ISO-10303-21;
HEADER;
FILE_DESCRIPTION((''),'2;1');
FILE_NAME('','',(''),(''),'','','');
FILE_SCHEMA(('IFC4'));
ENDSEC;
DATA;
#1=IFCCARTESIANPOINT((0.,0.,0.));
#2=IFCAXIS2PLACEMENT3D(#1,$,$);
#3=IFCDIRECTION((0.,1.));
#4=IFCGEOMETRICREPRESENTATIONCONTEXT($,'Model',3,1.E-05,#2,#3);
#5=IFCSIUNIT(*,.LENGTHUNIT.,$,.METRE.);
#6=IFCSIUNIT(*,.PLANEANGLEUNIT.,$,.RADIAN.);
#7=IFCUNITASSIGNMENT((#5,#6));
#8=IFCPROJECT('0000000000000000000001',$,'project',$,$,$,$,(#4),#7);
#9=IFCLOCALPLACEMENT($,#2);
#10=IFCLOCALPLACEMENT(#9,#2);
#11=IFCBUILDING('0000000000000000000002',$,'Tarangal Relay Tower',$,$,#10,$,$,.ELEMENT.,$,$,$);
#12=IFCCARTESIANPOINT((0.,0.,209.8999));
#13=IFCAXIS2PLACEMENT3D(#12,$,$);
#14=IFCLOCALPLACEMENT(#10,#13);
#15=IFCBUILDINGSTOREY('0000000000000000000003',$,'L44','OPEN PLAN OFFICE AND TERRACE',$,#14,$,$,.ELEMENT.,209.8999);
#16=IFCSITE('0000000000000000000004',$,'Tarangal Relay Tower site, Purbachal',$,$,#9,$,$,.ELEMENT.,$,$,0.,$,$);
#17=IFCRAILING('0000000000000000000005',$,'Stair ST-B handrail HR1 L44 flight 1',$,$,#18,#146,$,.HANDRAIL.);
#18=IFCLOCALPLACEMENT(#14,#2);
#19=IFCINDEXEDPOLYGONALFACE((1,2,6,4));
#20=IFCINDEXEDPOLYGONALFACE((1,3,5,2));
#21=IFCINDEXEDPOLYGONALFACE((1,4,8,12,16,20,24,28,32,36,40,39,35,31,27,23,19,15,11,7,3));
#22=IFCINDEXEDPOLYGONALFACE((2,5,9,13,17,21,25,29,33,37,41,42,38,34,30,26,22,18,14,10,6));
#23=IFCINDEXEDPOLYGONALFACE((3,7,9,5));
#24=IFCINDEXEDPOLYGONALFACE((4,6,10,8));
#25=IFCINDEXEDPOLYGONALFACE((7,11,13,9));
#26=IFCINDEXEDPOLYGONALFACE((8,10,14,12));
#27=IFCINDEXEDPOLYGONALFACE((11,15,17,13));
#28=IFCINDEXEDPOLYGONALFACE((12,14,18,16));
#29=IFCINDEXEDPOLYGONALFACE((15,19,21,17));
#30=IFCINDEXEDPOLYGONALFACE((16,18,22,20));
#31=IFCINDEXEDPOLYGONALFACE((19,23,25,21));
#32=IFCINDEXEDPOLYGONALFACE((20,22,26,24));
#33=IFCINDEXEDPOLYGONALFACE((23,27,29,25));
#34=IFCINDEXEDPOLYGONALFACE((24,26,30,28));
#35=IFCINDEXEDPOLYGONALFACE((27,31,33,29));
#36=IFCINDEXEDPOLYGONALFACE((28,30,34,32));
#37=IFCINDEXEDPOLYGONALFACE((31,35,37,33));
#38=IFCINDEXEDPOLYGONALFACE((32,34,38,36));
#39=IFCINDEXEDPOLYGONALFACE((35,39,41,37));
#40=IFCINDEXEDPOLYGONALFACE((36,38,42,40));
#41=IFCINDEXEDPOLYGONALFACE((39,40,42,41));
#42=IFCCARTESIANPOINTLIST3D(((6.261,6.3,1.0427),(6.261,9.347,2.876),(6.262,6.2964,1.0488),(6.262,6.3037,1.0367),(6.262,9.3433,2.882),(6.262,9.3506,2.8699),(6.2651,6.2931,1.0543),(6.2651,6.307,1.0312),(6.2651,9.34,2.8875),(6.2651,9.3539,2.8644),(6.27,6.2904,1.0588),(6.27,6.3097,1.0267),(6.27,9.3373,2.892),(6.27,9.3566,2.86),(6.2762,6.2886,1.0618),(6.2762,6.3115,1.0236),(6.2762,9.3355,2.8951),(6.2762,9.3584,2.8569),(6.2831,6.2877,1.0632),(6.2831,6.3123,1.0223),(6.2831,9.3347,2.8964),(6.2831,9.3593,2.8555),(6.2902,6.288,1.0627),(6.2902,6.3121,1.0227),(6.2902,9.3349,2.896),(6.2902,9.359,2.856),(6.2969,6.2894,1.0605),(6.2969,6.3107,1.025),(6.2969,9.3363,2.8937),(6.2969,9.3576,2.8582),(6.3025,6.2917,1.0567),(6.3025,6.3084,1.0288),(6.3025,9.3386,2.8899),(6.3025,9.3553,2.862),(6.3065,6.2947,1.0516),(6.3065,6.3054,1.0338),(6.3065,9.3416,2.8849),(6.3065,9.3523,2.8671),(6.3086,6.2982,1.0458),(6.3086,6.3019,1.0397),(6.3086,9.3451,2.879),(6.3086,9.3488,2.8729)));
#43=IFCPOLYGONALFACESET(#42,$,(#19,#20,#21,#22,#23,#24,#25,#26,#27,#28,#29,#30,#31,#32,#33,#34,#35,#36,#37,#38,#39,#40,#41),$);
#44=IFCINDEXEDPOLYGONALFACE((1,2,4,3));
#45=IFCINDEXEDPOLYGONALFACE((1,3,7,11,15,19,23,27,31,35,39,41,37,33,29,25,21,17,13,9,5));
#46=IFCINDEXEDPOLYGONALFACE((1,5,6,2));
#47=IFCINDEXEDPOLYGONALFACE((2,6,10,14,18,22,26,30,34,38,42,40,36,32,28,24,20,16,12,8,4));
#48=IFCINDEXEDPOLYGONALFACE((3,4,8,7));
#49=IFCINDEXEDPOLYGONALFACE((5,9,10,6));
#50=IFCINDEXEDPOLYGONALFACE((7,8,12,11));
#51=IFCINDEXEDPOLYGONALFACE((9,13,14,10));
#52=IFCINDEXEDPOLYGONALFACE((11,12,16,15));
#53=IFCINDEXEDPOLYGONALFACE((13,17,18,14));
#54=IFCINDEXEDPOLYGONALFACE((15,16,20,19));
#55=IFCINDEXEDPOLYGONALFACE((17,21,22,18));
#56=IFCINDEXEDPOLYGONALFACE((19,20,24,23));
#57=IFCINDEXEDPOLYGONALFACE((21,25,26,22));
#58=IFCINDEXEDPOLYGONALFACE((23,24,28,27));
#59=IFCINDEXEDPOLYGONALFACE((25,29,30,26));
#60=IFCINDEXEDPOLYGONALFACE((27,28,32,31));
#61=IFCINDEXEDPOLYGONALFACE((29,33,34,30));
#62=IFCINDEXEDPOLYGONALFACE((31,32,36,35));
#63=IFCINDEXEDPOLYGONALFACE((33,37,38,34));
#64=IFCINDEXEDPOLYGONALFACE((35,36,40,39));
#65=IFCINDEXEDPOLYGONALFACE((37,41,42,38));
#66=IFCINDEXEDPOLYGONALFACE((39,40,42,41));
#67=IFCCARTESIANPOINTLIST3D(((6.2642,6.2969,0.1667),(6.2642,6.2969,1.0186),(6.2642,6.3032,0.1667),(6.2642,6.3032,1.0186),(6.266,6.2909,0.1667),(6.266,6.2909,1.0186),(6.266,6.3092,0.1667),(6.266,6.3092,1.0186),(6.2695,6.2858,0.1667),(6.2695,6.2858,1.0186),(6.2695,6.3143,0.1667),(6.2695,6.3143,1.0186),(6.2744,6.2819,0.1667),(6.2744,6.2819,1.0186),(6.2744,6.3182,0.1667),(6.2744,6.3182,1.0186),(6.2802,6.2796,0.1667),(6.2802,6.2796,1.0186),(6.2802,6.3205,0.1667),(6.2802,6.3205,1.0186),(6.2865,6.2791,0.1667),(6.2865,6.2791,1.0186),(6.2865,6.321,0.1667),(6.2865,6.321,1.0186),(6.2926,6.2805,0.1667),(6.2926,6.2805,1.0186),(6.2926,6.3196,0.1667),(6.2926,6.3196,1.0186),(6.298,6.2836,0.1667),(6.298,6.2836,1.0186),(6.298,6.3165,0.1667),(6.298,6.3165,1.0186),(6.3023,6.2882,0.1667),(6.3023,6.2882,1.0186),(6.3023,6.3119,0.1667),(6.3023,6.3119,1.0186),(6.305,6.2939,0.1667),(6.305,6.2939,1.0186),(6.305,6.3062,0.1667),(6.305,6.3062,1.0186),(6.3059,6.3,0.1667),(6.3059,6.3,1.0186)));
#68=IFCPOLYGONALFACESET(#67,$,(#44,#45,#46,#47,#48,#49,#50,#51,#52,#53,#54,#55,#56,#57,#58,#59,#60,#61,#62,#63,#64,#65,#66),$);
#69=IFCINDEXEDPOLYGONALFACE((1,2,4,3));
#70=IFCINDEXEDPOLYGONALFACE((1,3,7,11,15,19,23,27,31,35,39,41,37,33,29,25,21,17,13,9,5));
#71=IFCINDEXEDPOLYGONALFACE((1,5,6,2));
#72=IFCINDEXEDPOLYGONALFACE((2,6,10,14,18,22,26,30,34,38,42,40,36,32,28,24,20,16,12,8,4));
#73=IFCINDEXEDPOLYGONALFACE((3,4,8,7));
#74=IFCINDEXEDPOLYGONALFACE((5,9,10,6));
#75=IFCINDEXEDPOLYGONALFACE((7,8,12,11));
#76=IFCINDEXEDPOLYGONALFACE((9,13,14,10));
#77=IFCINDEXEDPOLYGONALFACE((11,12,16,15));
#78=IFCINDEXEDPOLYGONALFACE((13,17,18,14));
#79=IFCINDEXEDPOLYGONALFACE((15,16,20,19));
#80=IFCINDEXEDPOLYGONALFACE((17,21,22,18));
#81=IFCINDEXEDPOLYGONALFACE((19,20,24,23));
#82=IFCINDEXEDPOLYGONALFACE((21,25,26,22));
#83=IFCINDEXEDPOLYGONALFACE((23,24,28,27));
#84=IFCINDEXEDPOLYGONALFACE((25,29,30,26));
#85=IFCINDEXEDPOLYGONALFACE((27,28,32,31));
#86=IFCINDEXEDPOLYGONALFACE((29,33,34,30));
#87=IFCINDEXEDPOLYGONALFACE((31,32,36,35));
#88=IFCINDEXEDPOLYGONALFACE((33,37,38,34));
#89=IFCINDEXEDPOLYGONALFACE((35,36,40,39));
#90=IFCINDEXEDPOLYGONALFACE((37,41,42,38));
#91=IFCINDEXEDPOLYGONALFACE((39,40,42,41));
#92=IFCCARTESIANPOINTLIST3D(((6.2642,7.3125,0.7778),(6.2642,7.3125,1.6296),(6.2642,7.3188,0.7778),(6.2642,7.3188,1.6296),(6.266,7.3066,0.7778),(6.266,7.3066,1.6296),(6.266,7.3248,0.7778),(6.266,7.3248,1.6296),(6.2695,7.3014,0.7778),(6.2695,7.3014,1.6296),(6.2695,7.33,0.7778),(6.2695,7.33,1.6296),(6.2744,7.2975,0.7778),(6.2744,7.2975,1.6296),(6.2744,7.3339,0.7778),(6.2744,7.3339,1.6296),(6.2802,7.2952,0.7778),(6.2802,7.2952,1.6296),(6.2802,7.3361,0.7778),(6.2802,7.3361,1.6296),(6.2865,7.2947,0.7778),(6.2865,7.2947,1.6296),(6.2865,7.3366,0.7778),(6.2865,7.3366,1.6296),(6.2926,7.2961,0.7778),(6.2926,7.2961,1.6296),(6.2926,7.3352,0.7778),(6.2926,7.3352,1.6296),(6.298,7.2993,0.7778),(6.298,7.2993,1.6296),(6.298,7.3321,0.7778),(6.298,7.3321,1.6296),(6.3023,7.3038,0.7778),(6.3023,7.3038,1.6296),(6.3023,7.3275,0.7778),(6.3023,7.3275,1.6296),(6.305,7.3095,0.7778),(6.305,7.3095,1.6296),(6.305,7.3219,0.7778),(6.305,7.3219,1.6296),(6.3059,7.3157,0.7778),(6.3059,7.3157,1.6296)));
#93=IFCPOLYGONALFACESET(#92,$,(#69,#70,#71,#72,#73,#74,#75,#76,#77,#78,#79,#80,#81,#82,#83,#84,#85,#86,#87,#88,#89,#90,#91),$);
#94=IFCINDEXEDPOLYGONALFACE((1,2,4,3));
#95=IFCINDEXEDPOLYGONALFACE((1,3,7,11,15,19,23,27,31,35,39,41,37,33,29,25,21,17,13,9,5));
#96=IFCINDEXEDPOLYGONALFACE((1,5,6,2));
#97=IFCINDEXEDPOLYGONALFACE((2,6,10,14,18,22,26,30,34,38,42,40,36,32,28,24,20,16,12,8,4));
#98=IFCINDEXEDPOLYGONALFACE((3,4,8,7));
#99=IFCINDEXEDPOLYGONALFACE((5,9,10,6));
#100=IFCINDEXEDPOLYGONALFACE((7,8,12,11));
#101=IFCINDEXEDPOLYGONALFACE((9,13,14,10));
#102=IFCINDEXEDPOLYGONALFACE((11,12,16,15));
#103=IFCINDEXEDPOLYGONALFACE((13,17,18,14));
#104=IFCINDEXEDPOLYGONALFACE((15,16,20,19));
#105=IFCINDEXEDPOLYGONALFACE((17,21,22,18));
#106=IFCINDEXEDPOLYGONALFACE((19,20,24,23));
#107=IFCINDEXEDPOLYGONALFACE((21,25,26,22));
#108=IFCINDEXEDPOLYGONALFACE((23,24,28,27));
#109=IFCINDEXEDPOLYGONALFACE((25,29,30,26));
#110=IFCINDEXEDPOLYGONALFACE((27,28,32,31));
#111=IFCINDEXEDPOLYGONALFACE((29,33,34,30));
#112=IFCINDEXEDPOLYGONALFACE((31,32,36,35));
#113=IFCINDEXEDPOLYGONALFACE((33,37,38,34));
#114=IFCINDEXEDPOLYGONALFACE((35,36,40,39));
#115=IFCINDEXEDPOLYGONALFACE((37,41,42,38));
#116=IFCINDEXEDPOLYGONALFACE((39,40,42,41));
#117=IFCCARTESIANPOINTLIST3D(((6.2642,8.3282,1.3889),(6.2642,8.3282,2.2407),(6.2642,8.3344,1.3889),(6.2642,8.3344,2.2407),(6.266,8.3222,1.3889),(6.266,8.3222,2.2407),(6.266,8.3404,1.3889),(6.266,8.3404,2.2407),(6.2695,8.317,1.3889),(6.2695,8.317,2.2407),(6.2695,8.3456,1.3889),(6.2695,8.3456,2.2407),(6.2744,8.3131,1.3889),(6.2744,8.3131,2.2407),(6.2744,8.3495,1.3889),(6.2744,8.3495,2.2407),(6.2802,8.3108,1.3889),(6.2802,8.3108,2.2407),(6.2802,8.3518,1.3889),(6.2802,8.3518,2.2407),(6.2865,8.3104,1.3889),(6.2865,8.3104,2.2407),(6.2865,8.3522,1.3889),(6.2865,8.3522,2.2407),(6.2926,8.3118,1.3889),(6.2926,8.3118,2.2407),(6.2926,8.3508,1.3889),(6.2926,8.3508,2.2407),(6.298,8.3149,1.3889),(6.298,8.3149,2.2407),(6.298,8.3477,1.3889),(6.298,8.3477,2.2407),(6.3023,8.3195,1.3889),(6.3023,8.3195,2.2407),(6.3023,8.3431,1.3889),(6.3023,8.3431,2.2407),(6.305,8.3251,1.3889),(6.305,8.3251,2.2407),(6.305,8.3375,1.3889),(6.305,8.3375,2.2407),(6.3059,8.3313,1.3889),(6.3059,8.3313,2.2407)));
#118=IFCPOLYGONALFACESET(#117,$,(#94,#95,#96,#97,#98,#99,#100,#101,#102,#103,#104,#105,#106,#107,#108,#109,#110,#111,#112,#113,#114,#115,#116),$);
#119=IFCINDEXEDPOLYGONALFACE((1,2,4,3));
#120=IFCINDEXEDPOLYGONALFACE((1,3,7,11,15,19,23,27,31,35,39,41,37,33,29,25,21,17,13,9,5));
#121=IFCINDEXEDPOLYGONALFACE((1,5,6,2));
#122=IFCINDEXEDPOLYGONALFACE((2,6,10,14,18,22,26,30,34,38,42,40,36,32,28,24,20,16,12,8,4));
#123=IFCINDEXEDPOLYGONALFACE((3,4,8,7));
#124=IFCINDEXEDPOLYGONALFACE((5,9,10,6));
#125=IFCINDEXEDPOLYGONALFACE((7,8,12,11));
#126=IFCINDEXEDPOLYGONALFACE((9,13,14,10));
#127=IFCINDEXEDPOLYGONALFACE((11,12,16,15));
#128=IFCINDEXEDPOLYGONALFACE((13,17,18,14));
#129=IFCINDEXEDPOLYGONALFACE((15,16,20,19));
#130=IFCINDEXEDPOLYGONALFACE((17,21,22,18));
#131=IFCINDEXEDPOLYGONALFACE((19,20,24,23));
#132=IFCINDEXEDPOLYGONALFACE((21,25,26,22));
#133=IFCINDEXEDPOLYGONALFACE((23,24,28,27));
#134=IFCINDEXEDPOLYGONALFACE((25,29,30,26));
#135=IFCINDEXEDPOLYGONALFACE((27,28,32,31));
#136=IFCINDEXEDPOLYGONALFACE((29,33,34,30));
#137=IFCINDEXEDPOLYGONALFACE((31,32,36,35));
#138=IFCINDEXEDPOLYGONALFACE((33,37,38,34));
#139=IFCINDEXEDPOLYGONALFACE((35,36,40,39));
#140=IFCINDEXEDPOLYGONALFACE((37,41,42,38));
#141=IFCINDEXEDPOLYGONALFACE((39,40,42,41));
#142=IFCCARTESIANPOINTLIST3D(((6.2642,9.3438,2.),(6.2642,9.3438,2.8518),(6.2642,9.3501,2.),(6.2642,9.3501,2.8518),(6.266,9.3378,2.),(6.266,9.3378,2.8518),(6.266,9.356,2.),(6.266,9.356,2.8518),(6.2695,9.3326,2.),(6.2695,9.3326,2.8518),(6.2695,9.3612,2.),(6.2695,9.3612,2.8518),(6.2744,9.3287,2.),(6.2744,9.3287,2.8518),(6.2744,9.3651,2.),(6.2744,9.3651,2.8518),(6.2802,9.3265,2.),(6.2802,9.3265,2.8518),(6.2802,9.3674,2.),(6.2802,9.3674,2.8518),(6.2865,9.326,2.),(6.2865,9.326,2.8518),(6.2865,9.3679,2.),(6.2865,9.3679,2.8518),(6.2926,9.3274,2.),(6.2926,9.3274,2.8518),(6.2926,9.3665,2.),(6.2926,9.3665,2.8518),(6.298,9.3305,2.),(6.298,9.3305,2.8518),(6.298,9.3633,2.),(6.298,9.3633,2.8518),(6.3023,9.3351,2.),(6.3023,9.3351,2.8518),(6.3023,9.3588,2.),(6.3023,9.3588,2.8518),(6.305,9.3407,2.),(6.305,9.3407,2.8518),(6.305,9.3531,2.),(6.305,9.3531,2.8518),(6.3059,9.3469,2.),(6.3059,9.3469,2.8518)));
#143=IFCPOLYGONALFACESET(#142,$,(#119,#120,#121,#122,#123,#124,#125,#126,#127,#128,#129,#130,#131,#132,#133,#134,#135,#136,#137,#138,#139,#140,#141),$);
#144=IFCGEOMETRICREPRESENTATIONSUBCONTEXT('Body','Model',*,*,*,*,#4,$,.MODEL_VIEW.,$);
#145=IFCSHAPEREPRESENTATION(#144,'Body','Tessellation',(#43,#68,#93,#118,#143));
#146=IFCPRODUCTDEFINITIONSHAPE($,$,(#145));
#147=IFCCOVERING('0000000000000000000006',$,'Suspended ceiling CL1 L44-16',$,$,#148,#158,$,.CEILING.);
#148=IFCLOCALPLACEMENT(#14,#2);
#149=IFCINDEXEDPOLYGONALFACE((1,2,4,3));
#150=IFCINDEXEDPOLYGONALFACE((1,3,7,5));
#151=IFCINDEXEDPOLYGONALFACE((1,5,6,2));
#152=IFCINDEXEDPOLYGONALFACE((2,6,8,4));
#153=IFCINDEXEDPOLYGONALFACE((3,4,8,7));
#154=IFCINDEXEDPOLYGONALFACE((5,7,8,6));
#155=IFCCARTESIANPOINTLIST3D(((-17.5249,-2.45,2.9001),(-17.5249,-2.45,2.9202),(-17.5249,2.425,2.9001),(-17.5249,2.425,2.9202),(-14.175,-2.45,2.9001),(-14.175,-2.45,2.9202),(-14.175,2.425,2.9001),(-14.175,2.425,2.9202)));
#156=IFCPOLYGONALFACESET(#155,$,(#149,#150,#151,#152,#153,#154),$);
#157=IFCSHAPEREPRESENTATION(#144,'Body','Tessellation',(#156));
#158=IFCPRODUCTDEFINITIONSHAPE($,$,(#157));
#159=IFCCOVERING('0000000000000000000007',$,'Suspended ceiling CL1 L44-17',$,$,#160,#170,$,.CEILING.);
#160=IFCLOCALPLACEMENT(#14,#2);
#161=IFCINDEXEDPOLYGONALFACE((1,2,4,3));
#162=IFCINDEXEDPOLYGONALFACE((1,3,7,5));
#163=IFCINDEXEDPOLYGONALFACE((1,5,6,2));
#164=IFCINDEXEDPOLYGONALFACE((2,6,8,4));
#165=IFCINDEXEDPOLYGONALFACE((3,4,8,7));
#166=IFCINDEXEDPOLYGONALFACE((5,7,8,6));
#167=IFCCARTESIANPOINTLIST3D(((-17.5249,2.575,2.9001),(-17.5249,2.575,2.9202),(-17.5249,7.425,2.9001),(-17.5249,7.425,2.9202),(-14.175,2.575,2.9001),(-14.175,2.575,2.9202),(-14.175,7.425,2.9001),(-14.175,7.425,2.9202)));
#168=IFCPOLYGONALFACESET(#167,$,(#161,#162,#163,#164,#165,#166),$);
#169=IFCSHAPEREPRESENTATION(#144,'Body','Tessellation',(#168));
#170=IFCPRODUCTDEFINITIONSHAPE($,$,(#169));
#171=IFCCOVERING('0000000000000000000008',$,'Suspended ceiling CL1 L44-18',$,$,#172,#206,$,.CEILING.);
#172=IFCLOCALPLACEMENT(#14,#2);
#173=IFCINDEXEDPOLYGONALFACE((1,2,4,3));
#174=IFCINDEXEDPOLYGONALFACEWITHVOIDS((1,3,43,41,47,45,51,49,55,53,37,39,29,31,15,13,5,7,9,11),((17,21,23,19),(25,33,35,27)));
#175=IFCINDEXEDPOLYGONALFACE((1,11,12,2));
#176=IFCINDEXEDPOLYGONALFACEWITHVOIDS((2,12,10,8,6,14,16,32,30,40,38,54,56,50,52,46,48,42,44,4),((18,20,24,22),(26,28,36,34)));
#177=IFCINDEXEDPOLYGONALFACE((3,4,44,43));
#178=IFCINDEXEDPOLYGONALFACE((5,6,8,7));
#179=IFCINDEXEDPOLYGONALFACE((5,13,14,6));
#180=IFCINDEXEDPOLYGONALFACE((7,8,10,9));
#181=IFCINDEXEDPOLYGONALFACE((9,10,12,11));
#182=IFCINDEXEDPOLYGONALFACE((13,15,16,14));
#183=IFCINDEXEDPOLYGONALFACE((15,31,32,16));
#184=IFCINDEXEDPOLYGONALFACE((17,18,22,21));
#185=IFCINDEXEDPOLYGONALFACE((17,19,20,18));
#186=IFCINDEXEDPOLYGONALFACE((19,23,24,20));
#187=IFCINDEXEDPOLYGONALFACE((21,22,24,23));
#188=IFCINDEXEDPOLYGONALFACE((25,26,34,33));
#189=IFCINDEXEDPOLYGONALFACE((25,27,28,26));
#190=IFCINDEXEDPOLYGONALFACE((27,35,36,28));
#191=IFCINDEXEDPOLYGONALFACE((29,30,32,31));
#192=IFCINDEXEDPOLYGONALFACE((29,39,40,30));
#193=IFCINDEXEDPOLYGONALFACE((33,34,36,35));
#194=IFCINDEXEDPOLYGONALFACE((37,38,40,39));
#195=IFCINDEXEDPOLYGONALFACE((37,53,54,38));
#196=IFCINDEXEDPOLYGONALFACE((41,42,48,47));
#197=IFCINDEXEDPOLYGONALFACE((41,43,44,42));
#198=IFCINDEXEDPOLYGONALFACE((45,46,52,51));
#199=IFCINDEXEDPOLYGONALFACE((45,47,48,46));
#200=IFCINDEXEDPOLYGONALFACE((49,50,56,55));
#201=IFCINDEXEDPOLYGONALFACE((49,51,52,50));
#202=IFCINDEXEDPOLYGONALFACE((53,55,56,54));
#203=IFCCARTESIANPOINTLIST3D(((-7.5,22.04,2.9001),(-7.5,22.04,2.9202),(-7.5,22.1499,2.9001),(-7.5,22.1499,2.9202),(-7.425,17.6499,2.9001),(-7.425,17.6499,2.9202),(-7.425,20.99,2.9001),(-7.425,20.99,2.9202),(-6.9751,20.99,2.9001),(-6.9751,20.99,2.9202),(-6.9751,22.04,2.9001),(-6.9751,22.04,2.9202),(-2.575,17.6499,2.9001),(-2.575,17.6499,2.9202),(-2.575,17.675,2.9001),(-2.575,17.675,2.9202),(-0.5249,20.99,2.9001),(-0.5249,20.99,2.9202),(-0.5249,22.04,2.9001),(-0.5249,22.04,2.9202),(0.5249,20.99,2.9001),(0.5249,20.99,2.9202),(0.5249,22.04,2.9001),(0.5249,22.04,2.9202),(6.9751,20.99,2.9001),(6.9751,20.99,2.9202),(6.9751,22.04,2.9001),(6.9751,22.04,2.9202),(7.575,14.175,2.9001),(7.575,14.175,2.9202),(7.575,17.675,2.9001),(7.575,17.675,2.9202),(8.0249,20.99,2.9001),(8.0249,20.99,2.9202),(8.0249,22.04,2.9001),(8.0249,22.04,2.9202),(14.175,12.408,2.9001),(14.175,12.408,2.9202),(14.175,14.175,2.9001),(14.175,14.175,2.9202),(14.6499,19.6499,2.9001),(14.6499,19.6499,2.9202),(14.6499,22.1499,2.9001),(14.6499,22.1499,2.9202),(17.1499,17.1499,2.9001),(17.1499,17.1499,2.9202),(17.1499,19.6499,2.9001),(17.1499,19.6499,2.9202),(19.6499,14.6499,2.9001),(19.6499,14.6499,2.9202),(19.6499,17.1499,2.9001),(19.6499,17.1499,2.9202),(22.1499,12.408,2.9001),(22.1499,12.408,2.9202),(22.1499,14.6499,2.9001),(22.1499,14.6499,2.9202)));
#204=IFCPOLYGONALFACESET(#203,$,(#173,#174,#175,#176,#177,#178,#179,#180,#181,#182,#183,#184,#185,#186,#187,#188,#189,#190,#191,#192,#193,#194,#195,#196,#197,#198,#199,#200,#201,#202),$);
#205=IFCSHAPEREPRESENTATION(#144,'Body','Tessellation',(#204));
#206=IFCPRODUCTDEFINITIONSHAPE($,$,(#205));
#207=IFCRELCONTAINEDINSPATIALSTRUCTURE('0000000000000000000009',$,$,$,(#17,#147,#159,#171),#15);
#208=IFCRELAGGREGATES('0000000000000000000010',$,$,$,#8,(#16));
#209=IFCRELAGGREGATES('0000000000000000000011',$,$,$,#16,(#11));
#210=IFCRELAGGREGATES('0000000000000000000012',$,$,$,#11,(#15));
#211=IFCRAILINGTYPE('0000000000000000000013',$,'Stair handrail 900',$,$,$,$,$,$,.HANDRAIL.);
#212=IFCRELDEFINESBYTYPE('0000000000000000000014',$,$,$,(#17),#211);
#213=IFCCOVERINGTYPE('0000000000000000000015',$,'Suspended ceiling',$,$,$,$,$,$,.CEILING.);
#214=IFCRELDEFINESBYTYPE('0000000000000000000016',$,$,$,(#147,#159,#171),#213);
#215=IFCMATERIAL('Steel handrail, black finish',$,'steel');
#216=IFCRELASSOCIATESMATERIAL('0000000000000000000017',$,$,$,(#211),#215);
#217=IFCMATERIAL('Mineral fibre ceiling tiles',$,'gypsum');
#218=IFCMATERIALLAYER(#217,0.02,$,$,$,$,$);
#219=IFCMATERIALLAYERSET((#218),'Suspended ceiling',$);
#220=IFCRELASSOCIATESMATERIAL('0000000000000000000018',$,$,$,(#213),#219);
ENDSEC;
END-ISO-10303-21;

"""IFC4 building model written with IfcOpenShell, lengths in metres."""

from ifc_helpers import new_model, si_unit, direction, frame, origin, origin_2d, place, context, subcontext, project, spatial, polyline, circle, outline, extrude, material, layer, layer_set, type_object, element, save


model = new_model("IFC4")

# Units and contexts
model_context = context("Model", 3, precision=1e-05, world=origin(), true_north=direction((0.0, 1.0)))
body_context = subcontext(model_context, "Body", "Model", "MODEL_VIEW")
ifc_project = project(units=[si_unit("LENGTHUNIT", "METRE"), si_unit("PLANEANGLEUNIT", "RADIAN")], contexts=[model_context])

# Site, building, storey
site_placement = place(None, origin())
site = spatial("IfcSite", under=ifc_project, at=site_placement, Name="Tarangal Relay Tower site, Purbachal", CompositionType="ELEMENT", RefElevation=0.0)
building_placement = place(site_placement, origin())
building = spatial("IfcBuilding", under=site, at=building_placement, Name="Tarangal Relay Tower", CompositionType="ELEMENT")
storey_placement = place(building_placement, frame((0.0, 0.0, 209.8999)))
storey = spatial("IfcBuildingStorey", under=building, at=storey_placement, Name="L44", Description="OPEN PLAN OFFICE AND TERRACE", CompositionType="ELEMENT", Elevation=209.8999)

# Railing
ifc_material_1 = material(Name="Steel handrail, black finish", Category="steel")
railing_type_1 = type_object("IfcRailingType", Name="Stair handrail 900", PredefinedType="HANDRAIL", material=ifc_material_1)
railing_1_placement = place(storey_placement, frame((6.2849, 6.3, 0.1667)))
element("IfcRailing", 1, at=railing_1_placement, inside=storey, type_object=railing_type_1, Name="Stair ST-B handrail HR1 L44 flight 1", PredefinedType="HANDRAIL", context=body_context, shape_type="SweptSolid", body=[
    extrude(circle(Radius=0.0239, at=origin_2d()), frame((0.0, 0.0, 0.876), z_axis=(0.0, 0.856856, 0.515556), x_axis=(-1.0, 0.0, 0.0)), (0.0, 0.0, 1.0), 3.5559),
    extrude(circle(Radius=0.021, at=origin_2d()), origin(), (0.0, 0.0, 1.0), 0.8518),
    extrude(circle(Radius=0.021, at=origin_2d()), frame((0.0, 1.0156, 0.6111)), (0.0, 0.0, 1.0), 0.8518),
    extrude(circle(Radius=0.021, at=origin_2d()), frame((0.0, 2.0312, 1.2222)), (0.0, 0.0, 1.0), 0.8518),
    extrude(circle(Radius=0.021, at=origin_2d()), frame((0.0, 3.0469, 1.8333)), (0.0, 0.0, 1.0), 0.8518),
])

# Coverings
ifc_material_2 = material(Name="Mineral fibre ceiling tiles", Category="gypsum")
ifc_layer_1 = layer(ifc_material_2, 0.02)
ifc_layer_set_1 = layer_set([ifc_layer_1], Name="Suspended ceiling")
covering_type = type_object("IfcCoveringType", Name="Suspended ceiling", PredefinedType="CEILING", material=ifc_layer_set_1)
covering_1_placement = place(storey_placement, frame((0.0, 0.0, 2.9001)))
element("IfcCovering", 2, at=covering_1_placement, inside=storey, type_object=covering_type, Name="Suspended ceiling CL1 L44-16", PredefinedType="CEILING", context=body_context, shape_type="SweptSolid", body=[
    extrude(outline(polyline([(-14.175, 2.425), (-17.5249, 2.425), (-17.5249, -2.45), (-14.175, -2.45), (-14.175, 2.425)])), origin(), (0.0, 0.0, 1.0), 0.02),
])
covering_2_placement = place(storey_placement, frame((0.0, 0.0, 2.9001)))
element("IfcCovering", 3, at=covering_2_placement, inside=storey, type_object=covering_type, Name="Suspended ceiling CL1 L44-17", PredefinedType="CEILING", context=body_context, shape_type="SweptSolid", body=[
    extrude(outline(polyline([(-14.175, 2.575), (-14.175, 7.425), (-17.5249, 7.425), (-17.5249, 2.575), (-14.175, 2.575)])), origin(), (0.0, 0.0, 1.0), 0.02),
])
covering_3_placement = place(storey_placement, frame((0.0, 0.0, 2.9001)))
element("IfcCovering", 4, at=covering_3_placement, inside=storey, type_object=covering_type, Name="Suspended ceiling CL1 L44-18", PredefinedType="CEILING", context=body_context, shape_type="SweptSolid", body=[
    extrude(outline(polyline([(-7.5, 22.1499), (-7.5, 22.04), (-6.9751, 22.04), (-6.9751, 20.99), (-7.425, 20.99), (-7.425, 17.6499), (-2.575, 17.6499), (-2.575, 17.675), (7.575, 17.675), (7.575, 14.175), (14.175, 14.175), (14.175, 12.408), (22.1499, 12.408), (22.1499, 14.6499), (19.6499, 14.6499), (19.6499, 17.1499), (17.1499, 17.1499), (17.1499, 19.6499), (14.6499, 19.6499), (14.6499, 22.1499), (-7.5, 22.1499)]), holes=[polyline([(-0.5249, 20.99), (0.5249, 20.99), (0.5249, 22.04), (-0.5249, 22.04), (-0.5249, 20.99)]), polyline([(6.9751, 20.99), (8.0249, 20.99), (8.0249, 22.04), (6.9751, 22.04), (6.9751, 20.99)])]), origin(), (0.0, 0.0, 1.0), 0.02),
])

save(model, "model.ifc")
